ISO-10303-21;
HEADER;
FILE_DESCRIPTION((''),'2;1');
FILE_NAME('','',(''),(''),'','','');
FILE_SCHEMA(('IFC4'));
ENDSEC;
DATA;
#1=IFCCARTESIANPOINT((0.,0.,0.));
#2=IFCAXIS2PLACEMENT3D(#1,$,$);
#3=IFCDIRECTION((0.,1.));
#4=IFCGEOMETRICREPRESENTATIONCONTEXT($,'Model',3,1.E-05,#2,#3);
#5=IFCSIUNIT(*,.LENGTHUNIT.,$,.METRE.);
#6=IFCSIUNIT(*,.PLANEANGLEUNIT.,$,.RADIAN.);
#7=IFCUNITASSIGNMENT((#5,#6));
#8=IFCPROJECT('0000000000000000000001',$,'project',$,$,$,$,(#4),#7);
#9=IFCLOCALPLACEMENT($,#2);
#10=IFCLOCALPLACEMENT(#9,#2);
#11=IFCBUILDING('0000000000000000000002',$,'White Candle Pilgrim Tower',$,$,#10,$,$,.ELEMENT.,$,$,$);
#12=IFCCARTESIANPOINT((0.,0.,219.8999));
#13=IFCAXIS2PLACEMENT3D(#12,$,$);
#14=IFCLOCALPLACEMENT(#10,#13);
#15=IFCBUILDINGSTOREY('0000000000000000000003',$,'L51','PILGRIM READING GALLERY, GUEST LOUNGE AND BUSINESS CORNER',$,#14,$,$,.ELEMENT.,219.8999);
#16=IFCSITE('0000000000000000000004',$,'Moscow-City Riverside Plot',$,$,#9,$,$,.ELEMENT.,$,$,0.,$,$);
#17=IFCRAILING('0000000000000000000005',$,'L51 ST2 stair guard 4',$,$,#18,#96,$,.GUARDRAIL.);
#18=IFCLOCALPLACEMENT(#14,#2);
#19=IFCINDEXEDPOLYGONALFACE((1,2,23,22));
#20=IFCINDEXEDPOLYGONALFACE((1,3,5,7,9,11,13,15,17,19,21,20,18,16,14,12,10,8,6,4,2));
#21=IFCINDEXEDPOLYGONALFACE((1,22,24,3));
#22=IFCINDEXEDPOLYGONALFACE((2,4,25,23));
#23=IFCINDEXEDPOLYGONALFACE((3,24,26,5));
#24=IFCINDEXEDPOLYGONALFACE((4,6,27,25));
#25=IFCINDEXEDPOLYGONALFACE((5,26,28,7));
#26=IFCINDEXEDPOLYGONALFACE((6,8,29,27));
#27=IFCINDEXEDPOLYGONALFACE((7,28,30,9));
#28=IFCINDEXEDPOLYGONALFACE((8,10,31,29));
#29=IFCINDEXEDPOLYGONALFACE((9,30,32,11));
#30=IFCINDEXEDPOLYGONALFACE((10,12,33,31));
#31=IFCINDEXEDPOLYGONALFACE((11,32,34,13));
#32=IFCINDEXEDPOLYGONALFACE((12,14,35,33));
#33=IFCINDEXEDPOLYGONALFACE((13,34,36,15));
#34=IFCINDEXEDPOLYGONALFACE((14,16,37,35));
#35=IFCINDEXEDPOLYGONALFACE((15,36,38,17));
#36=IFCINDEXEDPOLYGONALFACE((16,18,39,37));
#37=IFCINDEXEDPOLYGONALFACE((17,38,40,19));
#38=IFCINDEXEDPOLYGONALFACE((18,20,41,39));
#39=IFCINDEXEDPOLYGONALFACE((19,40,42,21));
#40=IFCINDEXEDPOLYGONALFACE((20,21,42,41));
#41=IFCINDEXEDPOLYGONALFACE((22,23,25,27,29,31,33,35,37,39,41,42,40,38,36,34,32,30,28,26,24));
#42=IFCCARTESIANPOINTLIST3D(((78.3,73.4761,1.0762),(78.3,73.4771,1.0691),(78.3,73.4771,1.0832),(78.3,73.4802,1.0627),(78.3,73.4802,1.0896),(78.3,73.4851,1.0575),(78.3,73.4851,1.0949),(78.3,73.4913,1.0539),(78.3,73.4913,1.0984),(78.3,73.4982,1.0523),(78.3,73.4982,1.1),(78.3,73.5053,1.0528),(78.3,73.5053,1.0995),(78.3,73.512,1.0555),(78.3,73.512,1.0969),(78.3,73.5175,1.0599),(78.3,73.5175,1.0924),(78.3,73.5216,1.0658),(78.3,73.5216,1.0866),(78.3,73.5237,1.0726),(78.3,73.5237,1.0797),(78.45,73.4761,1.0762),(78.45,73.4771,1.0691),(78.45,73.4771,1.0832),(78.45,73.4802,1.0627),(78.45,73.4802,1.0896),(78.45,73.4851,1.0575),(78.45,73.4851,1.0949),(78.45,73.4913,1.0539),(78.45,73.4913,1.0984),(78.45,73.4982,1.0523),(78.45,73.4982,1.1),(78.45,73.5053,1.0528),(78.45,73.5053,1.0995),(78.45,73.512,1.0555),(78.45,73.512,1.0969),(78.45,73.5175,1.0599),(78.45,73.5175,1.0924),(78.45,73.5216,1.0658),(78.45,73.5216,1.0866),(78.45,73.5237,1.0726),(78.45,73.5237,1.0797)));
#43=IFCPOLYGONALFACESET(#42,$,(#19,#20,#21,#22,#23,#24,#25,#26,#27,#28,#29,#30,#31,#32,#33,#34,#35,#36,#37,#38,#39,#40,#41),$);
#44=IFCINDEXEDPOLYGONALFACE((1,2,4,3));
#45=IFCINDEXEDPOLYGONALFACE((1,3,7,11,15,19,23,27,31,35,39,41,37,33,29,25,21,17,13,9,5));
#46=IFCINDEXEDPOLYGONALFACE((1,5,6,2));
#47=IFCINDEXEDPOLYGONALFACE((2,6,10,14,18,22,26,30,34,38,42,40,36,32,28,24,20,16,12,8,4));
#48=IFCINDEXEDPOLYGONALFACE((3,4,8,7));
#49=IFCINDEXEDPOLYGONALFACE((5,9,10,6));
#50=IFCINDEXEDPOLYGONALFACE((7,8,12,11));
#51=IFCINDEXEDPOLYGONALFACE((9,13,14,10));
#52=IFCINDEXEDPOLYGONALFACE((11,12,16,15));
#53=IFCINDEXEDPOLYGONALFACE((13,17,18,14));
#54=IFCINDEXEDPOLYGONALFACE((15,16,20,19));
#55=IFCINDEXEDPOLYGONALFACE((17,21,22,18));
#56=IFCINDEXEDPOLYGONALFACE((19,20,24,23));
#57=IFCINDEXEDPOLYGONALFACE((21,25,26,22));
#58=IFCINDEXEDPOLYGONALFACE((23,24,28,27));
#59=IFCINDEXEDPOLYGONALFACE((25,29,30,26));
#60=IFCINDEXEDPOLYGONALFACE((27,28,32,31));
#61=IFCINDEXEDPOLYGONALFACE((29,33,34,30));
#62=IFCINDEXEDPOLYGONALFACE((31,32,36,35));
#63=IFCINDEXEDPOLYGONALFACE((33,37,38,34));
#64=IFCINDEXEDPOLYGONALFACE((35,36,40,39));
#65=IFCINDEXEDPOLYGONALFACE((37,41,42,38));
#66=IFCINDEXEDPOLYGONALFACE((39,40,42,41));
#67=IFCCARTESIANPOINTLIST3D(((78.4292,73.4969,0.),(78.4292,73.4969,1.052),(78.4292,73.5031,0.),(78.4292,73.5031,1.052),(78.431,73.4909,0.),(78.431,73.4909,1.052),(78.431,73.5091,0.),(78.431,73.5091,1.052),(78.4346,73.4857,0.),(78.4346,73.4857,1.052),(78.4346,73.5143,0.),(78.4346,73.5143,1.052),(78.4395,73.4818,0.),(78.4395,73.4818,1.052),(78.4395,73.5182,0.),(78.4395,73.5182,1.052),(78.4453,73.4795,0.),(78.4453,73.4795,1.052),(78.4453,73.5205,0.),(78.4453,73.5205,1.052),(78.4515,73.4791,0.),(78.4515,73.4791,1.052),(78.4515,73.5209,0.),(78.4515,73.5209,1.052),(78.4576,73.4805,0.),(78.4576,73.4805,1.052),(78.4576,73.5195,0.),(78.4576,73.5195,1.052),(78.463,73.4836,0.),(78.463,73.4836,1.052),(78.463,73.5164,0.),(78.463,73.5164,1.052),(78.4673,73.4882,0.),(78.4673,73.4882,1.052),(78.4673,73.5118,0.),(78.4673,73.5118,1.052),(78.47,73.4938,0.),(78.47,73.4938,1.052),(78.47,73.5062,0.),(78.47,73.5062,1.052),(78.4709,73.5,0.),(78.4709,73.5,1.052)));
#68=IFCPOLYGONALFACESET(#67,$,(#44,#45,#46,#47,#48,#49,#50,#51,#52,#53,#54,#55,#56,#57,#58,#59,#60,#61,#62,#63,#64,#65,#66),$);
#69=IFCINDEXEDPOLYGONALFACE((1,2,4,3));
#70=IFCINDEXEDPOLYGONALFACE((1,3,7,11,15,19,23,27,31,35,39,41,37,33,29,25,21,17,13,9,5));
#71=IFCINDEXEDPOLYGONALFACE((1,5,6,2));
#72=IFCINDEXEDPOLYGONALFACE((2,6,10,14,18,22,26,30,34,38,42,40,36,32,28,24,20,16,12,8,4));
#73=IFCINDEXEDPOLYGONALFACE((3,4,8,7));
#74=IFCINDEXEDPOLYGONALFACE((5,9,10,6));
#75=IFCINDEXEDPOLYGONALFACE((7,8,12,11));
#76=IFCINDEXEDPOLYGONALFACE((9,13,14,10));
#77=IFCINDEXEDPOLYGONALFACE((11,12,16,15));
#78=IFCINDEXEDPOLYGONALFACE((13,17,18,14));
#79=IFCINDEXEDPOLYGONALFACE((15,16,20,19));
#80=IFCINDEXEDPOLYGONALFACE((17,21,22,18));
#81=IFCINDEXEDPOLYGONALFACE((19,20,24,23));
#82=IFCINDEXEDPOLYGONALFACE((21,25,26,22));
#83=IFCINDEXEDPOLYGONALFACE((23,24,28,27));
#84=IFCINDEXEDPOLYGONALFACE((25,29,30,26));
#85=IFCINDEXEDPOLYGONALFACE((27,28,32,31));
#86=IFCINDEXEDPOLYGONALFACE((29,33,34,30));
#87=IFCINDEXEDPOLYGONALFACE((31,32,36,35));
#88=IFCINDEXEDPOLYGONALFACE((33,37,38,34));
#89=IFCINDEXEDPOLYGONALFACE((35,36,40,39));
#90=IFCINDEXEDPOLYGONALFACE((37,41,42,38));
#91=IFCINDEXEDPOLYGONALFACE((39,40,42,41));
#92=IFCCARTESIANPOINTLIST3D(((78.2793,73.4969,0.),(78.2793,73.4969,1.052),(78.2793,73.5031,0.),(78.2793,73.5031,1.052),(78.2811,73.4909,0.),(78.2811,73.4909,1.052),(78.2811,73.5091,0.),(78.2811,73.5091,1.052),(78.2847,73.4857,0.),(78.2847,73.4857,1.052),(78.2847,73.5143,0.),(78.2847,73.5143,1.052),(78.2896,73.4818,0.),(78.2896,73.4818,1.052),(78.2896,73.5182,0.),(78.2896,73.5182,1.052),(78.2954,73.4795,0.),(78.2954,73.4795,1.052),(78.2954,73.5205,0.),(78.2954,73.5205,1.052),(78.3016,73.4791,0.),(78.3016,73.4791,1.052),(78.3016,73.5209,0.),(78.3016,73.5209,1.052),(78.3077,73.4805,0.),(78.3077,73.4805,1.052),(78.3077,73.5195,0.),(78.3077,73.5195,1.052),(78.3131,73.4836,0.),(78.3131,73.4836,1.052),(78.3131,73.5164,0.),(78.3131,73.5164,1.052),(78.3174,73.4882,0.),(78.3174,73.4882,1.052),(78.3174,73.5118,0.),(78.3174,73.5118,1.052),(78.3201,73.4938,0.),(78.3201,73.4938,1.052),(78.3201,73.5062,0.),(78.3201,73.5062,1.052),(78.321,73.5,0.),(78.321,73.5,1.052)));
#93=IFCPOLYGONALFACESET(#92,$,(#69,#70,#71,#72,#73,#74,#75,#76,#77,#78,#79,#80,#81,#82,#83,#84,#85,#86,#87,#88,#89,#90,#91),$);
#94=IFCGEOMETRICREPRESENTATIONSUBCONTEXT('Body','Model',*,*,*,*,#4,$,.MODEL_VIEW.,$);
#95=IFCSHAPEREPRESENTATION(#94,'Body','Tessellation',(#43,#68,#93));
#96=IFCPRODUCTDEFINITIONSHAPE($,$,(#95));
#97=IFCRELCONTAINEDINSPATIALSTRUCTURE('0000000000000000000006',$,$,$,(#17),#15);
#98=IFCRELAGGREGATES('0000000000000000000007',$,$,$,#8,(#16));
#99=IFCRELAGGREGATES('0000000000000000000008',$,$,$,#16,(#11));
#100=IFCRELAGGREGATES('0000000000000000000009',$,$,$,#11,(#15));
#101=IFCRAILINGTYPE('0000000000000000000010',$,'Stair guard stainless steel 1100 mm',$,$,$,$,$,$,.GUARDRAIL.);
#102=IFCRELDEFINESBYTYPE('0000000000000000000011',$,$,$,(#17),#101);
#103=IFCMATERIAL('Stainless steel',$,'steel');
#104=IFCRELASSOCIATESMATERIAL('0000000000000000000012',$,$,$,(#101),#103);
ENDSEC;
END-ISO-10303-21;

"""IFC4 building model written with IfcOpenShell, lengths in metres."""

from ifc_helpers import new_model, si_unit, direction, frame, origin, origin_2d, place, context, subcontext, project, spatial, circle, extrude, material, type_object, element, save


model = new_model("IFC4")

# Units and contexts
model_context = context("Model", 3, precision=1e-05, world=origin(), true_north=direction((0.0, 1.0)))
body_context = subcontext(model_context, "Body", "Model", "MODEL_VIEW")
ifc_project = project(units=[si_unit("LENGTHUNIT", "METRE"), si_unit("PLANEANGLEUNIT", "RADIAN")], contexts=[model_context])

# Site, building, storey
site_placement = place(None, origin())
site = spatial("IfcSite", under=ifc_project, at=site_placement, Name="Moscow-City Riverside Plot", CompositionType="ELEMENT", RefElevation=0.0)
building_placement = place(site_placement, origin())
building = spatial("IfcBuilding", under=site, at=building_placement, Name="White Candle Pilgrim Tower", CompositionType="ELEMENT")
storey_placement = place(building_placement, frame((0.0, 0.0, 219.8999)))
storey = spatial("IfcBuildingStorey", under=building, at=storey_placement, Name="L51", Description="PILGRIM READING GALLERY, GUEST LOUNGE AND BUSINESS CORNER", CompositionType="ELEMENT", Elevation=219.8999)

# Railing
ifc_material_1 = material(Name="Stainless steel", Category="steel")
railing_type_1 = type_object("IfcRailingType", Name="Stair guard stainless steel 1100 mm", PredefinedType="GUARDRAIL", material=ifc_material_1)
railing_1_placement = place(storey_placement, frame((78.45, 73.5, 0.0)))
element("IfcRailing", 1, at=railing_1_placement, inside=storey, type_object=railing_type_1, Name="L51 ST2 stair guard 4", PredefinedType="GUARDRAIL", context=body_context, shape_type="SweptSolid", body=[
    extrude(circle(Radius=0.0239, at=origin_2d()), frame((0.0, 0.0, 1.0762), z_axis=(-1.0, 0.0, 0.0), x_axis=(0.0, -1.0, 0.0)), (0.0, 0.0, 1.0), 0.1499),
    extrude(circle(Radius=0.021, at=origin_2d()), origin(), (0.0, 0.0, 1.0), 1.052),
    extrude(circle(Radius=0.021, at=origin_2d()), frame((-0.1499, 0.0, 0.0)), (0.0, 0.0, 1.0), 1.052),
])

save(model, "model.ifc")
